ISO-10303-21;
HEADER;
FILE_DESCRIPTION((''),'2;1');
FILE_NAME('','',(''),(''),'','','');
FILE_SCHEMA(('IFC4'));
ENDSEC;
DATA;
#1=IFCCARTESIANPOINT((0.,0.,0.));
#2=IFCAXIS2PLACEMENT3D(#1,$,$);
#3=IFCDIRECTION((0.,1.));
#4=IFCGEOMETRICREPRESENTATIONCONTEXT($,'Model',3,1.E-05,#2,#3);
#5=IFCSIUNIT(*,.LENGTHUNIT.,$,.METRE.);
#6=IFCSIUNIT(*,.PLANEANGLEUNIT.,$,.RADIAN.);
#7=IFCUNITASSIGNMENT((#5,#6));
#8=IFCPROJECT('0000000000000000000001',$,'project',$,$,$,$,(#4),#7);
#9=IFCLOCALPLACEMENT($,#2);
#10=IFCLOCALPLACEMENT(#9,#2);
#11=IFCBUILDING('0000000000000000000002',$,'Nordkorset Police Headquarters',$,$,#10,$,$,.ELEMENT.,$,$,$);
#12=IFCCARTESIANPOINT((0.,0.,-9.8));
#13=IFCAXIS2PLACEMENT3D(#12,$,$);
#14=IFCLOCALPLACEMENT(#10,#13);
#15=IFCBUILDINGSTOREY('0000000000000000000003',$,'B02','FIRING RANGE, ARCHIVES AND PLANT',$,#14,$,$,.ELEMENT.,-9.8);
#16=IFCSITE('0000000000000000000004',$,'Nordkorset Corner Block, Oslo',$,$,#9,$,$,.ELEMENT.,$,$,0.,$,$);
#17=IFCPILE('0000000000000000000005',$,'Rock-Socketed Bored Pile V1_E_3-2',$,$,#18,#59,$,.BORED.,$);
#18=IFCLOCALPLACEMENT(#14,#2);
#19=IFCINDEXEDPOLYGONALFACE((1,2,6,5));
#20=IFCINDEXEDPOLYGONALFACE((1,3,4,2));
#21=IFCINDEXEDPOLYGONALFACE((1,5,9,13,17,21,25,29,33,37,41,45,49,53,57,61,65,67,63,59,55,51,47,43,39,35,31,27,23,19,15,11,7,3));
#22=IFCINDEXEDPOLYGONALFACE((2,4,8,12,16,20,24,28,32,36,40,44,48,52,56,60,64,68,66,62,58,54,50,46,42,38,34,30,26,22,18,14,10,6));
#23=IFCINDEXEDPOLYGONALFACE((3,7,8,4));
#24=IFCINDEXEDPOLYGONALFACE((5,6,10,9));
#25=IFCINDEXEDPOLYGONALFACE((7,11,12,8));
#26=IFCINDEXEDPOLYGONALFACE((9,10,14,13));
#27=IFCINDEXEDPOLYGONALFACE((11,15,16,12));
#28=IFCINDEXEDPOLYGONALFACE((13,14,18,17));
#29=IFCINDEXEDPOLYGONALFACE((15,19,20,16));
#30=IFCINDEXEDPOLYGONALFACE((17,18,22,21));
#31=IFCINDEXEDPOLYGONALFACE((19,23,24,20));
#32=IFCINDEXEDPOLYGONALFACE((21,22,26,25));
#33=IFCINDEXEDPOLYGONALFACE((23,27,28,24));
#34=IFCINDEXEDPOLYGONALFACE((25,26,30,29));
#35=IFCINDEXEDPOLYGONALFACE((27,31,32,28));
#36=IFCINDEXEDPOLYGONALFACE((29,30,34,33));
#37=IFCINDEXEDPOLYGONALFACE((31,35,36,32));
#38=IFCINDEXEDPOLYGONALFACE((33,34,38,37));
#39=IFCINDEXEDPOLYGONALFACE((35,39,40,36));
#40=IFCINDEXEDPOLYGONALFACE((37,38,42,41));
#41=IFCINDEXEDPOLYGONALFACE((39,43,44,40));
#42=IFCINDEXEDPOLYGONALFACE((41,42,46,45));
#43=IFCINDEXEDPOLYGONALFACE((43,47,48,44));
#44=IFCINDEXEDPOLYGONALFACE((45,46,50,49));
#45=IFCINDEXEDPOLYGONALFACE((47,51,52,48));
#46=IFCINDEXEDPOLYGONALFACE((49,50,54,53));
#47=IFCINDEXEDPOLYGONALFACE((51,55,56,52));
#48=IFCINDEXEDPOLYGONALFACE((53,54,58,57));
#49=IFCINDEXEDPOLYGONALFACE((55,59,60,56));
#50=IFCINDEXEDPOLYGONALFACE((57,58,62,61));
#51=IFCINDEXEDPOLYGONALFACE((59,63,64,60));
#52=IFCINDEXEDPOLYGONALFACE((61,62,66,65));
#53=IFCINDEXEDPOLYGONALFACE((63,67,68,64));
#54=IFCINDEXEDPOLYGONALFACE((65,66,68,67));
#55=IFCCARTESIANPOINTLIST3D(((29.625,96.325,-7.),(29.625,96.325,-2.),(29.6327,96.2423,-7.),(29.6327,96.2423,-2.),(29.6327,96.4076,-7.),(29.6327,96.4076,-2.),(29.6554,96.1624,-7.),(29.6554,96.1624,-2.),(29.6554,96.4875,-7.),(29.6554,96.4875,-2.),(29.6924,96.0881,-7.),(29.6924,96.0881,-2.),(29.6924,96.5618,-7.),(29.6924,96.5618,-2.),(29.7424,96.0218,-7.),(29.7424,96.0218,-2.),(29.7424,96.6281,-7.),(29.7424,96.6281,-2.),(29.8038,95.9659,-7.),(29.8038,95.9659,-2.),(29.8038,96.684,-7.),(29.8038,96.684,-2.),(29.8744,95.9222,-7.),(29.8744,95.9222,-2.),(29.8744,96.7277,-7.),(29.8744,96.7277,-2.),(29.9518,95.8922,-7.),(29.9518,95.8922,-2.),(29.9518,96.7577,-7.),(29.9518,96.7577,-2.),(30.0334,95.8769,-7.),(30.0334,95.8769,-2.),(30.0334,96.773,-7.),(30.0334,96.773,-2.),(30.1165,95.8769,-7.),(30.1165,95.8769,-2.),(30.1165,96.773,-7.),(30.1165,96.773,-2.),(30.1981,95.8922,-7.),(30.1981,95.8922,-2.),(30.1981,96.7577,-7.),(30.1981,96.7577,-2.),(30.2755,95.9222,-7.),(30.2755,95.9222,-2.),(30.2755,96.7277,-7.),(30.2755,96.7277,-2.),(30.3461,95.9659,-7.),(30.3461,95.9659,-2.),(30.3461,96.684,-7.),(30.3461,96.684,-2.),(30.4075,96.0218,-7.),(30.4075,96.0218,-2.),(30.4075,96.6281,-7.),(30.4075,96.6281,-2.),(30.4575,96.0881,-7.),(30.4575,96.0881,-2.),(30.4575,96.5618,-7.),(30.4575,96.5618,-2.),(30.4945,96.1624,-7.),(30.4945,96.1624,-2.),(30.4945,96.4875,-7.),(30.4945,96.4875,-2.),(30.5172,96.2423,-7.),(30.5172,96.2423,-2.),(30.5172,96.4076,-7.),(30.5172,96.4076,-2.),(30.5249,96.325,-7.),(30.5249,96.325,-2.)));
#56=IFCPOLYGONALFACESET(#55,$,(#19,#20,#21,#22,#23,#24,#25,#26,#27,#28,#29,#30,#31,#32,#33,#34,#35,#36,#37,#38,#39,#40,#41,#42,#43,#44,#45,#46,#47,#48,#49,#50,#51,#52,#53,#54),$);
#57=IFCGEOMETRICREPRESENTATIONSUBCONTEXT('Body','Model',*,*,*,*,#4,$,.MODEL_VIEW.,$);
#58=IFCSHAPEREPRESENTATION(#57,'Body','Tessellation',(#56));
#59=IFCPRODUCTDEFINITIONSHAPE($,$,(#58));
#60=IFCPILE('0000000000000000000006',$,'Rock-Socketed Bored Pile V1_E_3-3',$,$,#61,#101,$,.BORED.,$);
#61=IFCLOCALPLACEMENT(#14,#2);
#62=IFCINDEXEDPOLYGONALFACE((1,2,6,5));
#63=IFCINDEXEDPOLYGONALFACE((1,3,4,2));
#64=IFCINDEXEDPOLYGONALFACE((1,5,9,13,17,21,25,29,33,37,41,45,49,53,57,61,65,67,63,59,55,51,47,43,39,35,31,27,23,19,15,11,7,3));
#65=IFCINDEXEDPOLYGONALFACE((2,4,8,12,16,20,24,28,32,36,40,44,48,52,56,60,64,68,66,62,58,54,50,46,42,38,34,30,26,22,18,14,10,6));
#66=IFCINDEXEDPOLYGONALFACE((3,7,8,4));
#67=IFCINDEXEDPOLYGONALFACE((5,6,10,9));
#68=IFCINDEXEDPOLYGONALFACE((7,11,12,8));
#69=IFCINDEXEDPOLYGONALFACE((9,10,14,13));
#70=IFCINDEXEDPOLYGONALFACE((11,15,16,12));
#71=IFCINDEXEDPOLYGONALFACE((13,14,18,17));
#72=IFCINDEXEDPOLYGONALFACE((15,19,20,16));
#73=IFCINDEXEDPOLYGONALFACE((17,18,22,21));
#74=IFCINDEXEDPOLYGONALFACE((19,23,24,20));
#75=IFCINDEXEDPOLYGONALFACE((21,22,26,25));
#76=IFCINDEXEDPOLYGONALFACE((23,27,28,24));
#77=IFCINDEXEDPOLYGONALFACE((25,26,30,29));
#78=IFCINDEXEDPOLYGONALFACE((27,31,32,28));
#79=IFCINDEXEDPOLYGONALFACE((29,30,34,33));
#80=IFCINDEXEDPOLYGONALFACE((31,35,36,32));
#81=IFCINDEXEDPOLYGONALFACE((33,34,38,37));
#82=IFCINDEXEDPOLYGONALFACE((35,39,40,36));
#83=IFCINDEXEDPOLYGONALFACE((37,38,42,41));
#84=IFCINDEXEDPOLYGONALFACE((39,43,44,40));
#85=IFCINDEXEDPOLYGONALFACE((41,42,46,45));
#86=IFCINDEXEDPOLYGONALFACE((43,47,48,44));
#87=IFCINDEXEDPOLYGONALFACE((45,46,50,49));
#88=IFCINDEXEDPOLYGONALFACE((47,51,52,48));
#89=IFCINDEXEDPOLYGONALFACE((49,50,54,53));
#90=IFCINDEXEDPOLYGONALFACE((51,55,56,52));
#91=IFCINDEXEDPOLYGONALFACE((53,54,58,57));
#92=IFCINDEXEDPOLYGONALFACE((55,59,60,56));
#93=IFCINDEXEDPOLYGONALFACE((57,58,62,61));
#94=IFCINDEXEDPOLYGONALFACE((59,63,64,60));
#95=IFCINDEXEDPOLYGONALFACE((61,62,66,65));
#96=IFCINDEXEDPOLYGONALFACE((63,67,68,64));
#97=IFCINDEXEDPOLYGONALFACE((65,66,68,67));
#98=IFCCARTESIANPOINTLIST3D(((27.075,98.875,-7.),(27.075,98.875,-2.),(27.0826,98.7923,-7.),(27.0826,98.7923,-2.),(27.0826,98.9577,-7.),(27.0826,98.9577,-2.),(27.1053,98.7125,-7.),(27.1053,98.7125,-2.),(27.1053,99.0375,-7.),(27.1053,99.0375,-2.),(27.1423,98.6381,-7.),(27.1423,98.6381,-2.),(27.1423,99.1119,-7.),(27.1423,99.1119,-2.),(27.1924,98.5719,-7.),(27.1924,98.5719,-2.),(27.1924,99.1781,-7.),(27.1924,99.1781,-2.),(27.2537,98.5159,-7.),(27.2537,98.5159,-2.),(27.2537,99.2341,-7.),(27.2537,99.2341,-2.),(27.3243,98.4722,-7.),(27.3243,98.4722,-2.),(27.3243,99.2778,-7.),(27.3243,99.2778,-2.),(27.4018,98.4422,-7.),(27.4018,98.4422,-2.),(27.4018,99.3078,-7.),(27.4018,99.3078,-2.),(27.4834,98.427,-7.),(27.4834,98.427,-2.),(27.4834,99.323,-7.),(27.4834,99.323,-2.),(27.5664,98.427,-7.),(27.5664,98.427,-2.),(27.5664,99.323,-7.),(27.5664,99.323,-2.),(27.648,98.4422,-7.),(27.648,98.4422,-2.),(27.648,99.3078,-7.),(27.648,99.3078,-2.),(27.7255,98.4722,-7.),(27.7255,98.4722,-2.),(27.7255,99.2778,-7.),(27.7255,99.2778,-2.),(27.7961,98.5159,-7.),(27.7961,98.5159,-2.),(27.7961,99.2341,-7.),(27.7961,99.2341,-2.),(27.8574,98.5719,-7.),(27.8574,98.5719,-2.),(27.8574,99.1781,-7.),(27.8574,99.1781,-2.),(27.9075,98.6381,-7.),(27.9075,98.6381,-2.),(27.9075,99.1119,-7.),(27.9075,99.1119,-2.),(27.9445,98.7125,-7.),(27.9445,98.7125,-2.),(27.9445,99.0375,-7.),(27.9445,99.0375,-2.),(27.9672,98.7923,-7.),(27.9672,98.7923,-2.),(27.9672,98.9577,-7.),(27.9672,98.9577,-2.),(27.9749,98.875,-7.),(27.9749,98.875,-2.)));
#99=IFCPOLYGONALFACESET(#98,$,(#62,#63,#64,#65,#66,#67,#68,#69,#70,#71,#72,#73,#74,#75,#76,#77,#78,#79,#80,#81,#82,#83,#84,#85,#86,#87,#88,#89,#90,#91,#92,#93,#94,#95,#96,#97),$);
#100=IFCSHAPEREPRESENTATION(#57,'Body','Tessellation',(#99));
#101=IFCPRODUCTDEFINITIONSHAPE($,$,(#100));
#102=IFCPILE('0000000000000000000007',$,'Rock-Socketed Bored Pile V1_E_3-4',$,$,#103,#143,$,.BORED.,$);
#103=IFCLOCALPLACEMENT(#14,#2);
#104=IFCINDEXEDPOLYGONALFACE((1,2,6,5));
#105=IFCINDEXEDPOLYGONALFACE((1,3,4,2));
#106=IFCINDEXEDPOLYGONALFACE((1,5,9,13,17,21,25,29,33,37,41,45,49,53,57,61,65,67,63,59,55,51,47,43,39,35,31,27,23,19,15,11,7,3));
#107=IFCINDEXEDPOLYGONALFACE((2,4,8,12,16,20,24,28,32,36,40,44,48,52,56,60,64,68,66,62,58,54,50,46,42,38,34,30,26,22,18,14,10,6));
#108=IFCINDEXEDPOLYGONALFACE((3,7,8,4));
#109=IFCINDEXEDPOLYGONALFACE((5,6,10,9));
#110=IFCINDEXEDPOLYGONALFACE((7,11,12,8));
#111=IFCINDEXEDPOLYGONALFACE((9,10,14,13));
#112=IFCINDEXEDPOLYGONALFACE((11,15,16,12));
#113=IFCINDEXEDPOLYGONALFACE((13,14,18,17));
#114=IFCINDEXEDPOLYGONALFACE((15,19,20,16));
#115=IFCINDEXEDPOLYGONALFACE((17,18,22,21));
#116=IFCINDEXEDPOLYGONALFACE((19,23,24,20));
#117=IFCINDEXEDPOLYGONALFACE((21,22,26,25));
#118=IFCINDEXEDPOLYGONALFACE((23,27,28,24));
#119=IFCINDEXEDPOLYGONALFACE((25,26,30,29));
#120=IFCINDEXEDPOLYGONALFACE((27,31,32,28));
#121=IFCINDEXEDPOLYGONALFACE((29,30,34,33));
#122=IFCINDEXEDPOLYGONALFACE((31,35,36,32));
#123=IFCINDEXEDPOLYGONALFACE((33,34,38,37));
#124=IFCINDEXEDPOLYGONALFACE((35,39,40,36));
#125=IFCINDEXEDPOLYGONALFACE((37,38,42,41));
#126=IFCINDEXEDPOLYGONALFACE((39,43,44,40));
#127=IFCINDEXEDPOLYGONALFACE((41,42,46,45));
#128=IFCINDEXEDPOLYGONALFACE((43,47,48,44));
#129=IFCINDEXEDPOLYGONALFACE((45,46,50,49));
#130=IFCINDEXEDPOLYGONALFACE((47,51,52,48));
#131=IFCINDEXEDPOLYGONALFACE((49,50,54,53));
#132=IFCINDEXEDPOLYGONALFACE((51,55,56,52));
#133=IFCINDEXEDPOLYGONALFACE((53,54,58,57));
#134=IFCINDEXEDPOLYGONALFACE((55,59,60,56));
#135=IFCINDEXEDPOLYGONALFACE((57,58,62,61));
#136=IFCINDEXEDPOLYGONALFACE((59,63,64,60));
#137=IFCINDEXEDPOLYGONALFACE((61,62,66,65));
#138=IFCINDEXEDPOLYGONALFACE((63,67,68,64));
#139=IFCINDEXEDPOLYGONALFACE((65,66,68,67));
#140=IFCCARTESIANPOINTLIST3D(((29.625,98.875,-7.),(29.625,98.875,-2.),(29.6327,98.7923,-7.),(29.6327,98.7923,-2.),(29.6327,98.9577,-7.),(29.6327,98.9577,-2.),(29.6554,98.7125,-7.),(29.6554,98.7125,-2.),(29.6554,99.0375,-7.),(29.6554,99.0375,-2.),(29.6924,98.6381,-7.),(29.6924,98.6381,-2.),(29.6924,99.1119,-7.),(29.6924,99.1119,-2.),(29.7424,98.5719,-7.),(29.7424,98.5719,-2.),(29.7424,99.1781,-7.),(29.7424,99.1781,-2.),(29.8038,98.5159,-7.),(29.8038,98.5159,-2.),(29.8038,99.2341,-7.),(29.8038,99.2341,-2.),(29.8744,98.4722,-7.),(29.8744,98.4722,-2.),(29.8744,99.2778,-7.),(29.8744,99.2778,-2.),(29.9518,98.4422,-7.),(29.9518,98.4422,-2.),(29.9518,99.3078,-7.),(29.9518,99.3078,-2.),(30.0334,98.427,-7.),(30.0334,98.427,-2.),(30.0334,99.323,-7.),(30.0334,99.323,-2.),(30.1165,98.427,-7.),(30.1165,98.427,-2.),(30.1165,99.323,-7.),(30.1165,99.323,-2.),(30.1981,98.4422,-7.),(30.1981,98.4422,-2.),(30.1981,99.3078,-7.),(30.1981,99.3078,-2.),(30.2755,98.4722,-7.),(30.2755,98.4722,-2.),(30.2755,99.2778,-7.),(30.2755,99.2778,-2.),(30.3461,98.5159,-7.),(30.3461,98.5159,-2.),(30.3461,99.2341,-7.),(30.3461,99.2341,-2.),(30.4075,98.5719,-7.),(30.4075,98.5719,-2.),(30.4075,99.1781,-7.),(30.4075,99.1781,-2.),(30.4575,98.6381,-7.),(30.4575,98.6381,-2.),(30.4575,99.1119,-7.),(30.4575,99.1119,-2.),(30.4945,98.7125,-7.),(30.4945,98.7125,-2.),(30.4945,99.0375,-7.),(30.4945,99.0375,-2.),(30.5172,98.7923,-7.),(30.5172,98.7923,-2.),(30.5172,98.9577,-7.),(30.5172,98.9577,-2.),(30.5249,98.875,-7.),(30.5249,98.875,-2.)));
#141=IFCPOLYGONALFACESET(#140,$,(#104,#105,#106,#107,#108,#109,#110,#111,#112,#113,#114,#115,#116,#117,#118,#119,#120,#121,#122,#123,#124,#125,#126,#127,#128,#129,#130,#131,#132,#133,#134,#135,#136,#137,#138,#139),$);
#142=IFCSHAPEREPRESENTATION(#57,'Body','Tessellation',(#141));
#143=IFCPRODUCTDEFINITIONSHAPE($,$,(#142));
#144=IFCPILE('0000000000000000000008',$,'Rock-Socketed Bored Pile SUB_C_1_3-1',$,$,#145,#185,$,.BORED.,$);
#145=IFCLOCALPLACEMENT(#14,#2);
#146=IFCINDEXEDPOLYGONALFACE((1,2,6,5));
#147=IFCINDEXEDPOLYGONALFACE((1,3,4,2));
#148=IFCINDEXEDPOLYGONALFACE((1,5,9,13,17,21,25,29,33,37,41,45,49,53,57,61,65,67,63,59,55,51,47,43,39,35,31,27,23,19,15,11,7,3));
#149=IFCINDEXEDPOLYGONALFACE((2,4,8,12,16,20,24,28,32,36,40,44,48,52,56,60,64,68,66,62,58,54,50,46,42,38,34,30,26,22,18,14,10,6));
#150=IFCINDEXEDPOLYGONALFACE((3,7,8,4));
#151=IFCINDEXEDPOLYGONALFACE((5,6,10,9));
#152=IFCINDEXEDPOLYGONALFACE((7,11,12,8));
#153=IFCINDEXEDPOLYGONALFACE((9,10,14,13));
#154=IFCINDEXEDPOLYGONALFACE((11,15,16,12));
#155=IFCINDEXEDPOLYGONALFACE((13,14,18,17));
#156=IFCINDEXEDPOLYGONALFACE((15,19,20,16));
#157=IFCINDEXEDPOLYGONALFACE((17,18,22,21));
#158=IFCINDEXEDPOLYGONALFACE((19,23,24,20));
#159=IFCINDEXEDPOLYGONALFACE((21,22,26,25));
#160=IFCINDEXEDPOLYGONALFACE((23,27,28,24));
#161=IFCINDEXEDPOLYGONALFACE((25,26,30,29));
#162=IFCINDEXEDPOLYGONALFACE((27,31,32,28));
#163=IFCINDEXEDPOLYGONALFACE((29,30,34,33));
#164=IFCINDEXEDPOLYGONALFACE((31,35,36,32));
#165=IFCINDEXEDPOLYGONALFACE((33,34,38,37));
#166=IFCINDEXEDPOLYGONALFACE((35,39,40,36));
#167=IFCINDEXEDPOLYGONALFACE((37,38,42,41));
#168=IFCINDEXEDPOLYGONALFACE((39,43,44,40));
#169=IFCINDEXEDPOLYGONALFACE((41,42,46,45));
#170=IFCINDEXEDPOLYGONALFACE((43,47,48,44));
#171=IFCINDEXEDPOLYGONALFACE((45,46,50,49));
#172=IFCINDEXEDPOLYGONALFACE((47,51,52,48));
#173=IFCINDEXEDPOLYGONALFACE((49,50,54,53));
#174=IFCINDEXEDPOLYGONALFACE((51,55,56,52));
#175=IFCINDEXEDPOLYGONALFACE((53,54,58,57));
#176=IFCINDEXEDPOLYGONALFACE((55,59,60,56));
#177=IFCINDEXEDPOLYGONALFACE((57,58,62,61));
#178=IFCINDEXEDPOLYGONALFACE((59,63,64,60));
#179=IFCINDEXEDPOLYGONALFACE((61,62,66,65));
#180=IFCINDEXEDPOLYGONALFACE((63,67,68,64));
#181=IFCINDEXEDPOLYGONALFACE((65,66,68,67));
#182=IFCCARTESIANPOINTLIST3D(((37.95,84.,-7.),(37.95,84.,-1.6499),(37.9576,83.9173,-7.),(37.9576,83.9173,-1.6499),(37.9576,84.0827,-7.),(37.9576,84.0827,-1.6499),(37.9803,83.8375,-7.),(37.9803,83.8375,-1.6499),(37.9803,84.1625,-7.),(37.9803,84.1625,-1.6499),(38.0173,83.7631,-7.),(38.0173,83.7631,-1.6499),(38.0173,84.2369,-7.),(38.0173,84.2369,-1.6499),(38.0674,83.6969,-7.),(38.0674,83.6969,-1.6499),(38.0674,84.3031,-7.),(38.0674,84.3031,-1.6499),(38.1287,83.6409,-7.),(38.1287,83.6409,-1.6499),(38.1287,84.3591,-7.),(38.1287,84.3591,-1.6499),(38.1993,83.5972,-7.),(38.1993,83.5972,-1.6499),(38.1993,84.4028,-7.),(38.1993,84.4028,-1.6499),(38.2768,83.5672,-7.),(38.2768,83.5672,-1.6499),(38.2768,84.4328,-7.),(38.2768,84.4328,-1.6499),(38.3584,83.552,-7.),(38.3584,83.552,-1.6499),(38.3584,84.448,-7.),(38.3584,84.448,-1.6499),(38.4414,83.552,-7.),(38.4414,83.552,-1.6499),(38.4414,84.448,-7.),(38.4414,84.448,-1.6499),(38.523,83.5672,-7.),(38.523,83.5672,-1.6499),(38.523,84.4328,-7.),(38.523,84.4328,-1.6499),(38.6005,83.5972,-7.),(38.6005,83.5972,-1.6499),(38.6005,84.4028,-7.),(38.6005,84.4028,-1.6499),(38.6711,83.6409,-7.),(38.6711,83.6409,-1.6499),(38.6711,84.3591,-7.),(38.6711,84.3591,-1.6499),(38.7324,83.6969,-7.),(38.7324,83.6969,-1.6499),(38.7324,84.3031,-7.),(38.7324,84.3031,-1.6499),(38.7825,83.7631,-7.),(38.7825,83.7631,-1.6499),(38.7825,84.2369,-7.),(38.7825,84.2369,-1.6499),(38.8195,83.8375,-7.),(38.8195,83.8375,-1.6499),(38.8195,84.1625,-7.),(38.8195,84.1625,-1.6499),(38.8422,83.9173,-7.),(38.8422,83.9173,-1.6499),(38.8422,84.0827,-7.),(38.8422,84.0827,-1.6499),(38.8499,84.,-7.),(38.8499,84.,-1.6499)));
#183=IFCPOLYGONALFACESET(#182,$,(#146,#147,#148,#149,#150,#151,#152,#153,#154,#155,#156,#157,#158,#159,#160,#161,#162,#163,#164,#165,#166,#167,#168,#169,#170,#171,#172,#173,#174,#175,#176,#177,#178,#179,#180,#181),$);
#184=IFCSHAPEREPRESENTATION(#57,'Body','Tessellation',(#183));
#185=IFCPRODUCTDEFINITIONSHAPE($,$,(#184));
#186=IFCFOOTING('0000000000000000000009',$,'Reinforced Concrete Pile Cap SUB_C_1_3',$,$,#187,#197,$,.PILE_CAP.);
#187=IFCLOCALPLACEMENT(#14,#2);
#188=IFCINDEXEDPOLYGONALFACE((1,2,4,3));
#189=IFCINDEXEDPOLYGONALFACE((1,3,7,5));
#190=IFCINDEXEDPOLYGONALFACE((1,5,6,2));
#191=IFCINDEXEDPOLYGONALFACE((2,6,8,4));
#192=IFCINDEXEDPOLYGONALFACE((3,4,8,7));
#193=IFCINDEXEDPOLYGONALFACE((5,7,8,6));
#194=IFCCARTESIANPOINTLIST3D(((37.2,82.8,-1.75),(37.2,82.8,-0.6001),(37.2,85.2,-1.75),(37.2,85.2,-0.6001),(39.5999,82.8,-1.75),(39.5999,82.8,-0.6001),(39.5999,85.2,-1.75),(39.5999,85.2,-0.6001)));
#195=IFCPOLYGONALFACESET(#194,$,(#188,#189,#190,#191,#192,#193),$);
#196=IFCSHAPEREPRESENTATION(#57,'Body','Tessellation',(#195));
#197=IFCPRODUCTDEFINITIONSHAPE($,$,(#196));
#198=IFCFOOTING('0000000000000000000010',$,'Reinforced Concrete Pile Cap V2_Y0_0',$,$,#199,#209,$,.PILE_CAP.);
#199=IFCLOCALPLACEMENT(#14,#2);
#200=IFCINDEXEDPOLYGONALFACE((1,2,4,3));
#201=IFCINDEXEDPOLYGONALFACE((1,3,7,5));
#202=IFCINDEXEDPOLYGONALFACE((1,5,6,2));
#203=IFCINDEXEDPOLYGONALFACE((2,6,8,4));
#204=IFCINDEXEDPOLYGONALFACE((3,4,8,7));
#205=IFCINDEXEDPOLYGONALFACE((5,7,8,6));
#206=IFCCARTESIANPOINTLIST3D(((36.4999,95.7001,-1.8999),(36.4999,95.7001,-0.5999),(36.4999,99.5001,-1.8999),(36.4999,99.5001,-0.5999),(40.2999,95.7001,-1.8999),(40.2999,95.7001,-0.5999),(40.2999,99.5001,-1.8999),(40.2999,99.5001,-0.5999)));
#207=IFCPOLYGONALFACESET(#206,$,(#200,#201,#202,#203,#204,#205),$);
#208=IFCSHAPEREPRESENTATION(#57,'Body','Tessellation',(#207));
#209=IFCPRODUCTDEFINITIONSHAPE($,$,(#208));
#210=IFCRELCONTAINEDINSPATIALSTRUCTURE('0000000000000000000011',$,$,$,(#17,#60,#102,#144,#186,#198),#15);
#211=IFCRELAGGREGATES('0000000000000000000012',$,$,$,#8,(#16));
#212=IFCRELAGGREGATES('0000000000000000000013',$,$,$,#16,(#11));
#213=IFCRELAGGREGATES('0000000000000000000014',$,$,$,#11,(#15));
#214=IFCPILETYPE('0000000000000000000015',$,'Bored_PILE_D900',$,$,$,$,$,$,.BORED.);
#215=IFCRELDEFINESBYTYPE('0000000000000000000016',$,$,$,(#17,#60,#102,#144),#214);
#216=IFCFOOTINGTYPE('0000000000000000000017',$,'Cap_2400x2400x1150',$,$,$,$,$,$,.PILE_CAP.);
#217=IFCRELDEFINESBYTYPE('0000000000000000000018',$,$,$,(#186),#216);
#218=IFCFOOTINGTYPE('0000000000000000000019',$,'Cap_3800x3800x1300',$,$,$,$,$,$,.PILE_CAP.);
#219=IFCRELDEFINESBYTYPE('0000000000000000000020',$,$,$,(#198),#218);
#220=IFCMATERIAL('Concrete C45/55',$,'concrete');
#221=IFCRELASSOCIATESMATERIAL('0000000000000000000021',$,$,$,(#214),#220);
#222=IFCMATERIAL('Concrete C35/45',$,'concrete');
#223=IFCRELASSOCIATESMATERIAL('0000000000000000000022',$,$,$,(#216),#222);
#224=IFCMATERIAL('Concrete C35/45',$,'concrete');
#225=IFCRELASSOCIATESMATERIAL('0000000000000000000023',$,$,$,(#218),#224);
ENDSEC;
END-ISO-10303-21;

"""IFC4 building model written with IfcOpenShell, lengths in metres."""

from ifc_helpers import new_model, si_unit, direction, frame, origin, origin_2d, place, context, subcontext, project, spatial, rectangle, circle, extrude, material, material_profile, profile_set, type_object, element, save


model = new_model("IFC4")

# Units and contexts
model_context = context("Model", 3, precision=1e-05, world=origin(), true_north=direction((0.0, 1.0)))
body_context = subcontext(model_context, "Body", "Model", "MODEL_VIEW")
ifc_project = project(units=[si_unit("LENGTHUNIT", "METRE"), si_unit("PLANEANGLEUNIT", "RADIAN")], contexts=[model_context])

# Site, building, storey
site_placement = place(None, origin())
site = spatial("IfcSite", under=ifc_project, at=site_placement, Name="Nordkorset Corner Block, Oslo", CompositionType="ELEMENT", RefElevation=0.0)
building_placement = place(site_placement, origin())
building = spatial("IfcBuilding", under=site, at=building_placement, Name="Nordkorset Police Headquarters", CompositionType="ELEMENT")
storey_placement = place(building_placement, frame((0.0, 0.0, -9.8)))
storey = spatial("IfcBuildingStorey", under=building, at=storey_placement, Name="B02", Description="FIRING RANGE, ARCHIVES AND PLANT", CompositionType="ELEMENT", Elevation=-9.8)

# Piles
ifc_material_1 = material(Name="Concrete C45/55", Category="concrete")
ifc_material_profile_1 = material_profile(ifc_material_1, circle(Radius=0.45, at=origin_2d()), Name="PILE D900")
ifc_profile_set_1 = profile_set([ifc_material_profile_1], Name="Concrete C45/55")
pile_type_1 = type_object("IfcPileType", Name="Bored_PILE_D900", PredefinedType="BORED", material=ifc_profile_set_1)
for number, where, z_axis, x_axis, name in (
    (1, (30.075, 96.325, -2.0), (0.0, 0.0, -1.0), (1.0, 0.0, 0.0), "Rock-Socketed Bored Pile V1_E_3-2"),
    (2, (27.5249, 98.875, -2.0), (0.0, 0.0, -1.0), (1.0, 0.0, 0.0), "Rock-Socketed Bored Pile V1_E_3-3"),
    (3, (30.075, 98.875, -2.0), (0.0, 0.0, -1.0), (1.0, 0.0, 0.0), "Rock-Socketed Bored Pile V1_E_3-4"),
):
    element("IfcPile", number, at=place(storey_placement, frame(where, z_axis=z_axis, x_axis=x_axis)), inside=storey, type_object=pile_type_1, Name=name, PredefinedType="BORED", context=body_context, shape_type="SweptSolid", body=[
        extrude(circle(Radius=0.45, at=origin_2d()), origin(), (0.0, 0.0, 1.0), 5.0),
    ])
pile_placement = place(storey_placement, frame((38.3999, 84.0, -1.6499), z_axis=(0.0, 0.0, -1.0), x_axis=(1.0, 0.0, 0.0)))
element("IfcPile", 4, at=pile_placement, inside=storey, type_object=pile_type_1, Name="Rock-Socketed Bored Pile SUB_C_1_3-1", PredefinedType="BORED", context=body_context, shape_type="SweptSolid", body=[
    extrude(circle(Radius=0.45, at=origin_2d()), origin(), (0.0, 0.0, 1.0), 5.3501),
])

# Footings
ifc_material_2 = material(Name="Concrete C35/45", Category="concrete")
footing_type_1 = type_object("IfcFootingType", Name="Cap_2400x2400x1150", PredefinedType="PILE_CAP", material=ifc_material_2)
footing_1_placement = place(storey_placement, frame((38.3999, 84.0, -1.75), z_axis=(0.0, 0.0, 1.0), x_axis=(1.0, 0.0, 0.0)))
element("IfcFooting", 5, at=footing_1_placement, inside=storey, type_object=footing_type_1, Name="Reinforced Concrete Pile Cap SUB_C_1_3", PredefinedType="PILE_CAP", context=body_context, shape_type="SweptSolid", body=[
    extrude(rectangle(XDim=2.3999, YDim=2.3999, at=origin_2d()), origin(), (0.0, 0.0, 1.0), 1.1499),
])
ifc_material_3 = material(Name="Concrete C35/45", Category="concrete")
footing_type_2 = type_object("IfcFootingType", Name="Cap_3800x3800x1300", PredefinedType="PILE_CAP", material=ifc_material_3)
footing_2_placement = place(storey_placement, frame((38.3999, 97.6001, -1.8999), z_axis=(0.0, 0.0, 1.0), x_axis=(1.0, 0.0, 0.0)))
element("IfcFooting", 6, at=footing_2_placement, inside=storey, type_object=footing_type_2, Name="Reinforced Concrete Pile Cap V2_Y0_0", PredefinedType="PILE_CAP", context=body_context, shape_type="SweptSolid", body=[
    extrude(rectangle(XDim=3.8, YDim=3.8, at=origin_2d()), origin(), (0.0, 0.0, 1.0), 1.3),
])

save(model, "model.ifc")
